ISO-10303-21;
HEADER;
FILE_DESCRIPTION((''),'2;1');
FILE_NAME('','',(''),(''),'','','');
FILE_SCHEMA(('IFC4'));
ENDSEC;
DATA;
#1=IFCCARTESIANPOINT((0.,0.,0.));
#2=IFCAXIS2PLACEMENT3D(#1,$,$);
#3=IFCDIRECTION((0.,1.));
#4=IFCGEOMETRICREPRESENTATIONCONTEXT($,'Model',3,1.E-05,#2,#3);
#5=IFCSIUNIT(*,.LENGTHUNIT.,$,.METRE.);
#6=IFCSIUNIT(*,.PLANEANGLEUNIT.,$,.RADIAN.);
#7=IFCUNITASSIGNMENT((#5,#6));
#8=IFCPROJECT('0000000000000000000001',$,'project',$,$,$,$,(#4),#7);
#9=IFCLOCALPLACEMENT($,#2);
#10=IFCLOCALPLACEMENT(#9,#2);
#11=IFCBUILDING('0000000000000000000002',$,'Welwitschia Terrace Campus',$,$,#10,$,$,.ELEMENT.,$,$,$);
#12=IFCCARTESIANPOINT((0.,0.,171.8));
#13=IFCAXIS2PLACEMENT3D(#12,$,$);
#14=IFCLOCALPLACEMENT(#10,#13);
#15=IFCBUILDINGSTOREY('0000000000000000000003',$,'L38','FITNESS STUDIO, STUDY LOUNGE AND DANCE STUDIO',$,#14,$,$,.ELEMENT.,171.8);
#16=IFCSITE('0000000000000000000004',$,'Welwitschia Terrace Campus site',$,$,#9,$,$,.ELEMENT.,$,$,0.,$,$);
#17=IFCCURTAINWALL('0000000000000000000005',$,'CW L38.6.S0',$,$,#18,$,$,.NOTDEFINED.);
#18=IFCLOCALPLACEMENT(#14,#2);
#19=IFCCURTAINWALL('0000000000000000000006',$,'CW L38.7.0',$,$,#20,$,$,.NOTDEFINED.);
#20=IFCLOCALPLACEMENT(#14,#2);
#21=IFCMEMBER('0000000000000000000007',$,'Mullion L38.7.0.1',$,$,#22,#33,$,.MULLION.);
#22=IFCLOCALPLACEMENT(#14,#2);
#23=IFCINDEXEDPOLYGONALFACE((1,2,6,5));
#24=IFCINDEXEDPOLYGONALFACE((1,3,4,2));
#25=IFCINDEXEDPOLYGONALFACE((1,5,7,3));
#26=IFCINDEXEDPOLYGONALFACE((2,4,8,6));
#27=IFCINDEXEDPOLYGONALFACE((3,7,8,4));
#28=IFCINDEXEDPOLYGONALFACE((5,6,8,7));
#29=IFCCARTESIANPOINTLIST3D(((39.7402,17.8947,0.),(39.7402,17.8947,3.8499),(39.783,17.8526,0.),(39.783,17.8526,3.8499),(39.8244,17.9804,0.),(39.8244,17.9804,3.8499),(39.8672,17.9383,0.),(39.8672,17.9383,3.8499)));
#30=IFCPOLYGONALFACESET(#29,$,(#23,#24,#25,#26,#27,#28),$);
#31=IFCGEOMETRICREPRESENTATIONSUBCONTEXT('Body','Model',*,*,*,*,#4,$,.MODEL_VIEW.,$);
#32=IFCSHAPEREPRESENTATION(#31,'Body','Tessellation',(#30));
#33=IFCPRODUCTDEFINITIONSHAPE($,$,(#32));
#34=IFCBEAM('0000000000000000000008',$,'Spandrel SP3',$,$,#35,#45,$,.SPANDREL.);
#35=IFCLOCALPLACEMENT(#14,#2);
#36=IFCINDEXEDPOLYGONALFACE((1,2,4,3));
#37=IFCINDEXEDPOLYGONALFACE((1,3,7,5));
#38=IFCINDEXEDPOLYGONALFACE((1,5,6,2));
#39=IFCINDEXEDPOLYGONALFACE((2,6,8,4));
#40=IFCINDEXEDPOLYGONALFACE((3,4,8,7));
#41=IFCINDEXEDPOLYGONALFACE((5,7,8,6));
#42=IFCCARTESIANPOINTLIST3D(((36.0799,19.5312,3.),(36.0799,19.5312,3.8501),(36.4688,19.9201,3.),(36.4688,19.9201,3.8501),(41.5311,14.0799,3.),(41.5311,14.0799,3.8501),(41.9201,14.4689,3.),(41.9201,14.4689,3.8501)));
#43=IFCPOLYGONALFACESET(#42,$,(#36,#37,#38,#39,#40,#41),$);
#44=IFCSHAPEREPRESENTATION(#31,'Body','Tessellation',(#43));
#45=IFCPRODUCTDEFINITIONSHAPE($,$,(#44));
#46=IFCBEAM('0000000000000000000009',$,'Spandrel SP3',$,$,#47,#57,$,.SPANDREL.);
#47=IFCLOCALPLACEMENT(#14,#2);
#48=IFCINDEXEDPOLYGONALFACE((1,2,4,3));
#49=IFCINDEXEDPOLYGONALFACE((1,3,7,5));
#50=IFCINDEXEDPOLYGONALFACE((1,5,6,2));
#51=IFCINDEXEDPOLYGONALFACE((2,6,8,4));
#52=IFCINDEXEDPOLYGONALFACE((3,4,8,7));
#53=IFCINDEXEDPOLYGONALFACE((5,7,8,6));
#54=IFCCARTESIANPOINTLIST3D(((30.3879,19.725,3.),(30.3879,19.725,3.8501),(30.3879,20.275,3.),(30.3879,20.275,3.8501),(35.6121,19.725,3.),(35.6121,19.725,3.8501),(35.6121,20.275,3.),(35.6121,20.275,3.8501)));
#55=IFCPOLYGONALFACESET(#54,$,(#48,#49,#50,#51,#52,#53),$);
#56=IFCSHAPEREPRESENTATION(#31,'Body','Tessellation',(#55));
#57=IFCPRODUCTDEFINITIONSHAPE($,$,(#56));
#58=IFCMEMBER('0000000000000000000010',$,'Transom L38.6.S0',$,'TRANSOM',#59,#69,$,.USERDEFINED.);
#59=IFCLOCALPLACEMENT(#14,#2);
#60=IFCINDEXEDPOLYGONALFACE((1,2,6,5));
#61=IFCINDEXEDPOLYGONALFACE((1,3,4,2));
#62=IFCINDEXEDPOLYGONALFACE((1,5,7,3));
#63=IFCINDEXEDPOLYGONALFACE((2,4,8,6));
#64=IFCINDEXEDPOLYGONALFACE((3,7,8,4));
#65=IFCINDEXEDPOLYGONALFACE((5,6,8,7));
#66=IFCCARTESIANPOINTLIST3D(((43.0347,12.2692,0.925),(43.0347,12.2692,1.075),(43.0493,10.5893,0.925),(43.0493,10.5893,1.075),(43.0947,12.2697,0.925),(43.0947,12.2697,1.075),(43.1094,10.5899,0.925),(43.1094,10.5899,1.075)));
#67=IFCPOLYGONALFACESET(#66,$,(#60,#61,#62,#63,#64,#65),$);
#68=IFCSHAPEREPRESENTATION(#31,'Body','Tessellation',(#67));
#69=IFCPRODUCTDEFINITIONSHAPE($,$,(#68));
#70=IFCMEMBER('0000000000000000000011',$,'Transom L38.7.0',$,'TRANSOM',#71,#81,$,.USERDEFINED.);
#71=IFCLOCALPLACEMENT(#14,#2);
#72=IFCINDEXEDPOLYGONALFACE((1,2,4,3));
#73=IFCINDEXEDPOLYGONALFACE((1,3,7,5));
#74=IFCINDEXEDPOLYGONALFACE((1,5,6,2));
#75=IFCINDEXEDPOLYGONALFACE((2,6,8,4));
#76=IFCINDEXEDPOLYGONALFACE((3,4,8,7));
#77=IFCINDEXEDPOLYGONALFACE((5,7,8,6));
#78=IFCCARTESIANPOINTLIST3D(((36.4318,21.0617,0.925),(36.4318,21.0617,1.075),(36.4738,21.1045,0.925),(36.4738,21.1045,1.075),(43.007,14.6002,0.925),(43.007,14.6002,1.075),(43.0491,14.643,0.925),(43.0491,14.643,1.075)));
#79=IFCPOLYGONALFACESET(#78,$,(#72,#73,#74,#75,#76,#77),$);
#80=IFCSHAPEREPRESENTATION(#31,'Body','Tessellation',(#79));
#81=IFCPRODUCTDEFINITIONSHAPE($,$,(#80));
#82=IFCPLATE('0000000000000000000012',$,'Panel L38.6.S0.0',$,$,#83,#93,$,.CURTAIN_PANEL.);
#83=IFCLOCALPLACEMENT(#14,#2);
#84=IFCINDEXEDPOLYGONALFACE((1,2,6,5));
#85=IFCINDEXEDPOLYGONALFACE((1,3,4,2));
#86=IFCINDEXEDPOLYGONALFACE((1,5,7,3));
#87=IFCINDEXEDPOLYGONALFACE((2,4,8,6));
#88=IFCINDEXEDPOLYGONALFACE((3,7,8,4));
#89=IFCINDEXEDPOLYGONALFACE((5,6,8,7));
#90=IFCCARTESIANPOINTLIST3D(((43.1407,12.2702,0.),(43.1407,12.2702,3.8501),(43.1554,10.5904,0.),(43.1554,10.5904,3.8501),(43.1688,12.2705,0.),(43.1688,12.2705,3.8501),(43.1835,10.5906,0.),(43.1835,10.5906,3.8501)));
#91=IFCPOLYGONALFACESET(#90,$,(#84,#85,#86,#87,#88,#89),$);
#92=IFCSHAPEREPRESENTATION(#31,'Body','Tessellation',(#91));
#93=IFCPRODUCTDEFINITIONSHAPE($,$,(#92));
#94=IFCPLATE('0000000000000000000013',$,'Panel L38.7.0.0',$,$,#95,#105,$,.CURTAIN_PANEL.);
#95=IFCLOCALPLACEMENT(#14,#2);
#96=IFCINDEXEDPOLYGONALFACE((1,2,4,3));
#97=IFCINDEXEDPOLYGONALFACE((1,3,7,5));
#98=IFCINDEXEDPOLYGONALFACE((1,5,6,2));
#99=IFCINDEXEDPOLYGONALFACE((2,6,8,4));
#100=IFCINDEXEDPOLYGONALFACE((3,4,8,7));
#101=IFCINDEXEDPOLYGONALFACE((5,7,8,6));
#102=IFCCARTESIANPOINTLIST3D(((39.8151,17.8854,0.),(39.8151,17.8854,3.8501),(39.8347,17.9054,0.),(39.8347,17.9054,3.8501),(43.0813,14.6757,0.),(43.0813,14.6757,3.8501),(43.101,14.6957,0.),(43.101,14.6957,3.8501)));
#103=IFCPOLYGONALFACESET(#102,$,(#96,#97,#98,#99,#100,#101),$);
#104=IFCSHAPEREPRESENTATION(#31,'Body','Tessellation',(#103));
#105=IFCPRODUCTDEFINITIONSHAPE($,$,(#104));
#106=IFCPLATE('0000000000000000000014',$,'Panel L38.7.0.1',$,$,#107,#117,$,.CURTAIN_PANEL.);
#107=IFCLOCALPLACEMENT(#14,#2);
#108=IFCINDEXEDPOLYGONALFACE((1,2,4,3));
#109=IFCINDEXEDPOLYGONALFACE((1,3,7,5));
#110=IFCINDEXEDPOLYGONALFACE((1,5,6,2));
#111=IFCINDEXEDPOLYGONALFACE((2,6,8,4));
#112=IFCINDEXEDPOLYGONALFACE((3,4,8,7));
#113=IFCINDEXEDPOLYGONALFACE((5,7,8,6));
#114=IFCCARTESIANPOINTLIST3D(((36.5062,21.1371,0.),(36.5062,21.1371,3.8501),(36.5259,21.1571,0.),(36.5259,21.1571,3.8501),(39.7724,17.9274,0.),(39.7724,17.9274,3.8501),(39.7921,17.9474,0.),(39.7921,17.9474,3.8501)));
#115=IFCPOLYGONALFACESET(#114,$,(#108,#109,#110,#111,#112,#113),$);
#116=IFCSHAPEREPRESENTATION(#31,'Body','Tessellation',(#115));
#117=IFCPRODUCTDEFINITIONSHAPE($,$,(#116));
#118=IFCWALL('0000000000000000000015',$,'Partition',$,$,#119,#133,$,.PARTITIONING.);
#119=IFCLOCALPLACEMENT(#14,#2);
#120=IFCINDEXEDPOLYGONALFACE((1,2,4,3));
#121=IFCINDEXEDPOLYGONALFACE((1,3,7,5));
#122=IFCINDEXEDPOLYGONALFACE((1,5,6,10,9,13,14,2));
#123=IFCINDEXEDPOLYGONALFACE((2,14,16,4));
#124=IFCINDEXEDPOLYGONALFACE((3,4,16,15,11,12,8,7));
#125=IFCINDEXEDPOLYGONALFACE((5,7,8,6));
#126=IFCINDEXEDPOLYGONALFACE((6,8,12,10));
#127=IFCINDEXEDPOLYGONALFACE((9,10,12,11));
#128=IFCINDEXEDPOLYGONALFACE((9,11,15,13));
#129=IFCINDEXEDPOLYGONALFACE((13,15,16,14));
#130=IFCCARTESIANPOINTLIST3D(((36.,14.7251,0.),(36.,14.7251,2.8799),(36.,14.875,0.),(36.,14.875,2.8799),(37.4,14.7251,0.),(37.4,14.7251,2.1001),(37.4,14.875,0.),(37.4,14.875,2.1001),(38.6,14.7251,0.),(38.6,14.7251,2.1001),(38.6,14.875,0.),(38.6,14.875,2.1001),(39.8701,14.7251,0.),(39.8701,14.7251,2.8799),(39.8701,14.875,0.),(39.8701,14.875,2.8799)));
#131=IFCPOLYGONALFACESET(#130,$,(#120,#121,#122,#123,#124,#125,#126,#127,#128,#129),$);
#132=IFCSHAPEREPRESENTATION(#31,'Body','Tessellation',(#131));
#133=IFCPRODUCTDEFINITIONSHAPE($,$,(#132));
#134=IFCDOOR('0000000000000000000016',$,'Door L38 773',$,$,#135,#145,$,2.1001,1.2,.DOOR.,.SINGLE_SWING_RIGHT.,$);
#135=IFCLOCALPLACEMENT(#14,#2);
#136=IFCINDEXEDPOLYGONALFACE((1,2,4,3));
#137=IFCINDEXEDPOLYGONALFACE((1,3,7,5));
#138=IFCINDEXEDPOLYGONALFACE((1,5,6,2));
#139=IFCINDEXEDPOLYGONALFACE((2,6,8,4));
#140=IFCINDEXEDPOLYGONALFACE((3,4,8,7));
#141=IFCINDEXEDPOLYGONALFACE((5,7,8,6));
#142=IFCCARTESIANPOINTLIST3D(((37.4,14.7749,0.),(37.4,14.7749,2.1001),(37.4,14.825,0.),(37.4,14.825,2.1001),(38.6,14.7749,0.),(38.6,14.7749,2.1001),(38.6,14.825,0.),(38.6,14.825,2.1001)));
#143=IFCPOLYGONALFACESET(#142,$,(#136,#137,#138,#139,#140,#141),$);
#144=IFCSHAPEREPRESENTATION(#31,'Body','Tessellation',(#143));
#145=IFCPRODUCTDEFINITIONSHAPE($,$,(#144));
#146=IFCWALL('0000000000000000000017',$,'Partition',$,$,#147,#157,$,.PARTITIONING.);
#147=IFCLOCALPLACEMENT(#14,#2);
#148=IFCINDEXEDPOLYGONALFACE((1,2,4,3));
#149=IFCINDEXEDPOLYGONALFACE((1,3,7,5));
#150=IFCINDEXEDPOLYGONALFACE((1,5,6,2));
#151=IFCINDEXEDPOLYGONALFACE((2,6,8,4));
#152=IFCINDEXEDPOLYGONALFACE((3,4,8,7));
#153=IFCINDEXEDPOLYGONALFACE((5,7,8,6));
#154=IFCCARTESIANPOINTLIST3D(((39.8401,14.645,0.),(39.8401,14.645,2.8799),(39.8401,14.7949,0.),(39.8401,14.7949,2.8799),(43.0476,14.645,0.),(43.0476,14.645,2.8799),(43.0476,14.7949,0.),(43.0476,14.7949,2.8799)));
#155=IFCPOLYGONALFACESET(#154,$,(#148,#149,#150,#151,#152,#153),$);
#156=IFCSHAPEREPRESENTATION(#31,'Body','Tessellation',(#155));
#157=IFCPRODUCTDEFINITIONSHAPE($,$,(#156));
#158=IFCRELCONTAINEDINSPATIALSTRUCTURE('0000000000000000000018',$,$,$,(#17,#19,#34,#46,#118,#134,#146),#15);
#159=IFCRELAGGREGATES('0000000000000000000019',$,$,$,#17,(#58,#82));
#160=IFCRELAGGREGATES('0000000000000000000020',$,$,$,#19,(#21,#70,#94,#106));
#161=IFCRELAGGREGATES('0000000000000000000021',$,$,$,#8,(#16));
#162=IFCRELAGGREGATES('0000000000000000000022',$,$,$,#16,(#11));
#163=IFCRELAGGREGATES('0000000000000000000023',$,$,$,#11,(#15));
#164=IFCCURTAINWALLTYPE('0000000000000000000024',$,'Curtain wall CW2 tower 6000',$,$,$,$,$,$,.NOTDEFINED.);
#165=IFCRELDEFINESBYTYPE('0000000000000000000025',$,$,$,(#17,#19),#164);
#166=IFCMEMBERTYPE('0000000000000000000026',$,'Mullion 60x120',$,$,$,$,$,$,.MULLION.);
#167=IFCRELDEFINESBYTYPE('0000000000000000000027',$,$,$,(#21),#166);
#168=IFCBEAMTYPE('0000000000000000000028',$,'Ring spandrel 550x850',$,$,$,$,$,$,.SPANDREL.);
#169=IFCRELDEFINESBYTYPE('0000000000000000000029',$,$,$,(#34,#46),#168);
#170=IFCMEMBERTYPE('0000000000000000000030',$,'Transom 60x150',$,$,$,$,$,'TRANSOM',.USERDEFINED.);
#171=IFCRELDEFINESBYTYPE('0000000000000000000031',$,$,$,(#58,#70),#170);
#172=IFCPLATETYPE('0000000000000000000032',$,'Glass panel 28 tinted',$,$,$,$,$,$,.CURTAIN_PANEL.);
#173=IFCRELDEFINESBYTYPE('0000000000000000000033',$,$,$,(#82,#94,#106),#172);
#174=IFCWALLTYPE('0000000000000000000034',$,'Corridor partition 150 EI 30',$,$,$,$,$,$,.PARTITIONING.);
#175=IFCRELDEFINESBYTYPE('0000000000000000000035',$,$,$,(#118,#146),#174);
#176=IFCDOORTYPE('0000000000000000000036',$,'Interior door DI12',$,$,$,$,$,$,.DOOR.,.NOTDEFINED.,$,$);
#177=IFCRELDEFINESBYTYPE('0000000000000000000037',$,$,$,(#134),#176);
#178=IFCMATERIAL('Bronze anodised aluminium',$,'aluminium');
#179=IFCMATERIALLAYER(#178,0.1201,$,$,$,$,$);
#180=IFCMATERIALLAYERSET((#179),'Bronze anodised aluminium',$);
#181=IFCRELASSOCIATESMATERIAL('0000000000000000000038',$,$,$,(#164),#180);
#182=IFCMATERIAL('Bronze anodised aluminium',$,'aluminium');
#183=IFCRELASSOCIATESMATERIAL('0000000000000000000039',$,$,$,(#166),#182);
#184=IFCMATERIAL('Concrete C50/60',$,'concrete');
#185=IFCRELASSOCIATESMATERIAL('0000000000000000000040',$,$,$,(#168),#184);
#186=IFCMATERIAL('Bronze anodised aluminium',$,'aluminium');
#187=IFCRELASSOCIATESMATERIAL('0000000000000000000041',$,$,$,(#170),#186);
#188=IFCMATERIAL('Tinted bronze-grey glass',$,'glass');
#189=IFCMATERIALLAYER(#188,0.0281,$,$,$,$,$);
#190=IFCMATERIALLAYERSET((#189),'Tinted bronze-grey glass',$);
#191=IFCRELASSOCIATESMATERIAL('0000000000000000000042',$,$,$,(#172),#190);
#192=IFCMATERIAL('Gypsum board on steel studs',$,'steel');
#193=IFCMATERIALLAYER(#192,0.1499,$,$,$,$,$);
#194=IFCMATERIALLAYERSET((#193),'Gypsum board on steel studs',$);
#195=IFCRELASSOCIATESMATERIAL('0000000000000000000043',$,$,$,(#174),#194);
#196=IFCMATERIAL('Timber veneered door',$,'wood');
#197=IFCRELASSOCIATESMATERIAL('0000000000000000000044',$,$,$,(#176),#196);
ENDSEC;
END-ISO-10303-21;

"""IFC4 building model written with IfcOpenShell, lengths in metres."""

from ifc_helpers import new_model, si_unit, direction, frame, frame_2d, origin, origin_2d, place, context, subcontext, project, spatial, rectangle, extrude, material, layer, layer_set, material_profile, profile_set, type_object, element, fill, aggregate, save


model = new_model("IFC4")

# Units and contexts
model_context = context("Model", 3, precision=1e-05, world=origin(), true_north=direction((0.0, 1.0)))
body_context = subcontext(model_context, "Body", "Model", "MODEL_VIEW")
ifc_project = project(units=[si_unit("LENGTHUNIT", "METRE"), si_unit("PLANEANGLEUNIT", "RADIAN")], contexts=[model_context])

# Site, building, storey
site_placement = place(None, origin())
site = spatial("IfcSite", under=ifc_project, at=site_placement, Name="Welwitschia Terrace Campus site", CompositionType="ELEMENT", RefElevation=0.0)
building_placement = place(site_placement, origin())
building = spatial("IfcBuilding", under=site, at=building_placement, Name="Welwitschia Terrace Campus", CompositionType="ELEMENT")
storey_placement = place(building_placement, frame((0.0, 0.0, 171.8)))
storey = spatial("IfcBuildingStorey", under=building, at=storey_placement, Name="L38", Description="FITNESS STUDIO, STUDY LOUNGE AND DANCE STUDIO", CompositionType="ELEMENT", Elevation=171.8)

# Curtain walls, member
ifc_material_1 = material(Name="Bronze anodised aluminium", Category="aluminium")
ifc_layer_1 = layer(ifc_material_1, 0.1201)
ifc_layer_set_1 = layer_set([ifc_layer_1], Name="Bronze anodised aluminium")
curtain_wall_type = type_object("IfcCurtainWallType", Name="Curtain wall CW2 tower 6000", PredefinedType="NOTDEFINED", material=ifc_layer_set_1)
curtain_wall_1_placement = place(storey_placement, origin())
curtain_wall_1 = element("IfcCurtainWall", 1, at=curtain_wall_1_placement, inside=storey, type_object=curtain_wall_type, Name="CW L38.6.S0", PredefinedType="NOTDEFINED")
ifc_material_2 = material(Name="Bronze anodised aluminium", Category="aluminium")
ifc_material_profile_1 = material_profile(ifc_material_2, rectangle(XDim=0.1201, YDim=0.0601, at=origin_2d()))
ifc_profile_set_1 = profile_set([ifc_material_profile_1], Name="Bronze anodised aluminium")
member_type_1 = type_object("IfcMemberType", Name="Mullion 60x120", PredefinedType="MULLION", material=ifc_profile_set_1)
curtain_wall_2_placement = place(storey_placement, origin())
curtain_wall_2 = element("IfcCurtainWall", 2, at=curtain_wall_2_placement, inside=storey, type_object=curtain_wall_type, Name="CW L38.7.0", PredefinedType="NOTDEFINED")
member_1_placement = place(storey_placement, frame((39.8037, 17.9165, 0.0), z_axis=(0.0, 0.0, 1.0), x_axis=(-0.700909, -0.71325, 0.0)))
member_1 = element("IfcMember", 3, at=member_1_placement, type_object=member_type_1, Name="Mullion L38.7.0.1", PredefinedType="MULLION", context=body_context, shape_type="SweptSolid", body=[
    extrude(rectangle(XDim=0.1201, YDim=0.0601, at=origin_2d()), origin(), (0.0, 0.0, 1.0), 3.8499),
])

# Beams
ifc_material_3 = material(Name="Concrete C50/60", Category="concrete")
ifc_material_profile_2 = material_profile(ifc_material_3, rectangle(XDim=0.55, YDim=0.8501, at=origin_2d()))
ifc_profile_set_2 = profile_set([ifc_material_profile_2], Name="Concrete C50/60")
beam_type_1 = type_object("IfcBeamType", Name="Ring spandrel 550x850", PredefinedType="SPANDREL", material=ifc_profile_set_2)
beam_1_placement = place(storey_placement, frame((41.7256, 14.2744, 3.425), z_axis=(-0.707107, 0.707107, 0.0), x_axis=(-0.707107, -0.707107, 0.0)))
element("IfcBeam", 4, at=beam_1_placement, inside=storey, type_object=beam_type_1, Name="Spandrel SP3", PredefinedType="SPANDREL", context=body_context, shape_type="SweptSolid", body=[
    extrude(rectangle(XDim=0.55, YDim=0.8501, at=origin_2d()), origin(), (0.0, 0.0, 1.0), 7.7092),
])
beam_2_placement = place(storey_placement, frame((35.6121, 20.0, 3.425), z_axis=(-1.0, 0.0, 0.0), x_axis=(0.0, -1.0, 0.0)))
element("IfcBeam", 5, at=beam_2_placement, inside=storey, type_object=beam_type_1, Name="Spandrel SP3", PredefinedType="SPANDREL", context=body_context, shape_type="SweptSolid", body=[
    extrude(rectangle(XDim=0.55, YDim=0.8501, at=origin_2d()), origin(), (0.0, 0.0, 1.0), 5.2241),
])

# Members
ifc_material_4 = material(Name="Bronze anodised aluminium", Category="aluminium")
ifc_material_profile_3 = material_profile(ifc_material_4, rectangle(XDim=0.0601, YDim=0.1499, at=origin_2d()))
ifc_profile_set_3 = profile_set([ifc_material_profile_3], Name="Bronze anodised aluminium")
member_type_2 = type_object("IfcMemberType", Name="Transom 60x150", ElementType="TRANSOM", PredefinedType="USERDEFINED", material=ifc_profile_set_3)
member_2_placement = place(storey_placement, frame((43.0793, 10.5896, 1.0), z_axis=(-0.008719, 0.999962, 0.0), x_axis=(-0.999962, -0.008719, 0.0)))
member_2 = element("IfcMember", 6, at=member_2_placement, type_object=member_type_2, Name="Transom L38.6.S0", ObjectType="TRANSOM", PredefinedType="USERDEFINED", context=body_context, shape_type="SweptSolid", body=[
    extrude(rectangle(XDim=0.0601, YDim=0.1499, at=origin_2d()), origin(), (0.0, 0.0, 1.0), 1.6799),
])
member_3_placement = place(storey_placement, frame((43.0281, 14.6216, 1.0), z_axis=(-0.71325, 0.700909, 0.0), x_axis=(-0.700909, -0.71325, 0.0)))
member_3 = element("IfcMember", 7, at=member_3_placement, type_object=member_type_2, Name="Transom L38.7.0", ObjectType="TRANSOM", PredefinedType="USERDEFINED", context=body_context, shape_type="SweptSolid", body=[
    extrude(rectangle(XDim=0.0601, YDim=0.1499, at=origin_2d()), origin(), (0.0, 0.0, 1.0), 9.2188),
])

# Plates
ifc_material_5 = material(Name="Tinted bronze-grey glass", Category="glass")
ifc_layer_2 = layer(ifc_material_5, 0.0281)
ifc_layer_set_2 = layer_set([ifc_layer_2], Name="Tinted bronze-grey glass")
plate_type = type_object("IfcPlateType", Name="Glass panel 28 tinted", PredefinedType="CURTAIN_PANEL", material=ifc_layer_set_2)
plate_1_placement = place(storey_placement, frame((43.1621, 11.4304, 0.0), z_axis=(0.0, 0.0, 1.0), x_axis=(-0.008727, 0.999962, 0.0)))
plate_1 = element("IfcPlate", 8, at=plate_1_placement, type_object=plate_type, Name="Panel L38.6.S0.0", PredefinedType="CURTAIN_PANEL", context=body_context, shape_type="SweptSolid", body=[
    extrude(rectangle(XDim=1.6799, YDim=0.0281, at=origin_2d()), origin(), (0.0, 0.0, 1.0), 3.8501),
])
aggregate(curtain_wall_1, [member_2, plate_1])
plate_2_placement = place(storey_placement, frame((41.458, 16.2905, 0.0), z_axis=(0.0, 0.0, 1.0), x_axis=(-0.71325, 0.700909, 0.0)))
plate_2 = element("IfcPlate", 9, at=plate_2_placement, type_object=plate_type, Name="Panel L38.7.0.0", PredefinedType="CURTAIN_PANEL", context=body_context, shape_type="SweptSolid", body=[
    extrude(rectangle(XDim=4.5793, YDim=0.0281, at=origin_2d()), origin(), (0.0, 0.0, 1.0), 3.8501),
])
plate_3_placement = place(storey_placement, frame((38.1492, 19.5422, 0.0), z_axis=(0.0, 0.0, 1.0), x_axis=(-0.71325, 0.700909, 0.0)))
plate_3 = element("IfcPlate", 10, at=plate_3_placement, type_object=plate_type, Name="Panel L38.7.0.1", PredefinedType="CURTAIN_PANEL", context=body_context, shape_type="SweptSolid", body=[
    extrude(rectangle(XDim=4.5793, YDim=0.0281, at=origin_2d()), origin(), (0.0, 0.0, 1.0), 3.8501),
])
aggregate(curtain_wall_2, [member_1, member_3, plate_2, plate_3])

# Wall, opening, door
ifc_material_6 = material(Name="Gypsum board on steel studs", Category="steel")
ifc_layer_3 = layer(ifc_material_6, 0.1499)
ifc_layer_set_3 = layer_set([ifc_layer_3], Name="Gypsum board on steel studs")
wall_type_1 = type_object("IfcWallType", Name="Corridor partition 150 EI 30", PredefinedType="PARTITIONING", material=ifc_layer_set_3)
wall_1_placement = place(storey_placement, frame((36.0, 14.8, 0.0), z_axis=(0.0, 0.0, 1.0), x_axis=(1.0, 0.0, 0.0)))
wall_1 = element("IfcWall", 11, at=wall_1_placement, inside=storey, type_object=wall_type_1, Name="Partition", PredefinedType="PARTITIONING", context=body_context, shape_type="SweptSolid", body=[
    extrude(rectangle(XDim=3.8701, YDim=0.1499, at=frame_2d((1.9351, 0.0))), origin(), (0.0, 0.0, 1.0), 2.8799),
])
opening_1_placement = place(wall_1_placement, frame((1.3999, 0.0, 0.0)))
opening_1 = element("IfcOpeningElement", 12, at=opening_1_placement, cuts=wall_1, PredefinedType="OPENING", context=body_context, shape_type="SweptSolid", body=[
    extrude(rectangle(XDim=1.2, YDim=2.1001, at=frame_2d((0.6001, 1.05))), frame((0.0, 0.085, 0.0), z_axis=(0.0, -1.0, 0.0), x_axis=(1.0, 0.0, 0.0)), (0.0, 0.0, 1.0), 0.1699),
])
ifc_material_7 = material(Name="Timber veneered door", Category="wood")
door_type = type_object("IfcDoorType", Name="Interior door DI12", OperationType="NOTDEFINED", PredefinedType="DOOR", material=ifc_material_7)
door_1_placement = place(opening_1_placement, origin())
door_1 = element("IfcDoor", 13, at=door_1_placement, inside=storey, type_object=door_type, Name="Door L38 773", OperationType="SINGLE_SWING_RIGHT", OverallHeight=2.1001, OverallWidth=1.2, PredefinedType="DOOR", context=body_context, shape_type="SweptSolid", body=[
    extrude(rectangle(XDim=1.2, YDim=2.1001, at=frame_2d((0.6001, 1.05))), frame((0.0, 0.0249, 0.0), z_axis=(0.0, -1.0, 0.0), x_axis=(1.0, 0.0, 0.0)), (0.0, 0.0, 1.0), 0.05),
])
fill(opening_1, door_1)

# Wall
wall_2_placement = place(storey_placement, frame((39.8401, 14.72, 0.0), z_axis=(0.0, 0.0, 1.0), x_axis=(1.0, 0.0, 0.0)))
element("IfcWall", 14, at=wall_2_placement, inside=storey, type_object=wall_type_1, Name="Partition", PredefinedType="PARTITIONING", context=body_context, shape_type="SweptSolid", body=[
    extrude(rectangle(XDim=3.2075, YDim=0.1499, at=frame_2d((1.6038, 0.0))), origin(), (0.0, 0.0, 1.0), 2.8799),
])

save(model, "model.ifc")
